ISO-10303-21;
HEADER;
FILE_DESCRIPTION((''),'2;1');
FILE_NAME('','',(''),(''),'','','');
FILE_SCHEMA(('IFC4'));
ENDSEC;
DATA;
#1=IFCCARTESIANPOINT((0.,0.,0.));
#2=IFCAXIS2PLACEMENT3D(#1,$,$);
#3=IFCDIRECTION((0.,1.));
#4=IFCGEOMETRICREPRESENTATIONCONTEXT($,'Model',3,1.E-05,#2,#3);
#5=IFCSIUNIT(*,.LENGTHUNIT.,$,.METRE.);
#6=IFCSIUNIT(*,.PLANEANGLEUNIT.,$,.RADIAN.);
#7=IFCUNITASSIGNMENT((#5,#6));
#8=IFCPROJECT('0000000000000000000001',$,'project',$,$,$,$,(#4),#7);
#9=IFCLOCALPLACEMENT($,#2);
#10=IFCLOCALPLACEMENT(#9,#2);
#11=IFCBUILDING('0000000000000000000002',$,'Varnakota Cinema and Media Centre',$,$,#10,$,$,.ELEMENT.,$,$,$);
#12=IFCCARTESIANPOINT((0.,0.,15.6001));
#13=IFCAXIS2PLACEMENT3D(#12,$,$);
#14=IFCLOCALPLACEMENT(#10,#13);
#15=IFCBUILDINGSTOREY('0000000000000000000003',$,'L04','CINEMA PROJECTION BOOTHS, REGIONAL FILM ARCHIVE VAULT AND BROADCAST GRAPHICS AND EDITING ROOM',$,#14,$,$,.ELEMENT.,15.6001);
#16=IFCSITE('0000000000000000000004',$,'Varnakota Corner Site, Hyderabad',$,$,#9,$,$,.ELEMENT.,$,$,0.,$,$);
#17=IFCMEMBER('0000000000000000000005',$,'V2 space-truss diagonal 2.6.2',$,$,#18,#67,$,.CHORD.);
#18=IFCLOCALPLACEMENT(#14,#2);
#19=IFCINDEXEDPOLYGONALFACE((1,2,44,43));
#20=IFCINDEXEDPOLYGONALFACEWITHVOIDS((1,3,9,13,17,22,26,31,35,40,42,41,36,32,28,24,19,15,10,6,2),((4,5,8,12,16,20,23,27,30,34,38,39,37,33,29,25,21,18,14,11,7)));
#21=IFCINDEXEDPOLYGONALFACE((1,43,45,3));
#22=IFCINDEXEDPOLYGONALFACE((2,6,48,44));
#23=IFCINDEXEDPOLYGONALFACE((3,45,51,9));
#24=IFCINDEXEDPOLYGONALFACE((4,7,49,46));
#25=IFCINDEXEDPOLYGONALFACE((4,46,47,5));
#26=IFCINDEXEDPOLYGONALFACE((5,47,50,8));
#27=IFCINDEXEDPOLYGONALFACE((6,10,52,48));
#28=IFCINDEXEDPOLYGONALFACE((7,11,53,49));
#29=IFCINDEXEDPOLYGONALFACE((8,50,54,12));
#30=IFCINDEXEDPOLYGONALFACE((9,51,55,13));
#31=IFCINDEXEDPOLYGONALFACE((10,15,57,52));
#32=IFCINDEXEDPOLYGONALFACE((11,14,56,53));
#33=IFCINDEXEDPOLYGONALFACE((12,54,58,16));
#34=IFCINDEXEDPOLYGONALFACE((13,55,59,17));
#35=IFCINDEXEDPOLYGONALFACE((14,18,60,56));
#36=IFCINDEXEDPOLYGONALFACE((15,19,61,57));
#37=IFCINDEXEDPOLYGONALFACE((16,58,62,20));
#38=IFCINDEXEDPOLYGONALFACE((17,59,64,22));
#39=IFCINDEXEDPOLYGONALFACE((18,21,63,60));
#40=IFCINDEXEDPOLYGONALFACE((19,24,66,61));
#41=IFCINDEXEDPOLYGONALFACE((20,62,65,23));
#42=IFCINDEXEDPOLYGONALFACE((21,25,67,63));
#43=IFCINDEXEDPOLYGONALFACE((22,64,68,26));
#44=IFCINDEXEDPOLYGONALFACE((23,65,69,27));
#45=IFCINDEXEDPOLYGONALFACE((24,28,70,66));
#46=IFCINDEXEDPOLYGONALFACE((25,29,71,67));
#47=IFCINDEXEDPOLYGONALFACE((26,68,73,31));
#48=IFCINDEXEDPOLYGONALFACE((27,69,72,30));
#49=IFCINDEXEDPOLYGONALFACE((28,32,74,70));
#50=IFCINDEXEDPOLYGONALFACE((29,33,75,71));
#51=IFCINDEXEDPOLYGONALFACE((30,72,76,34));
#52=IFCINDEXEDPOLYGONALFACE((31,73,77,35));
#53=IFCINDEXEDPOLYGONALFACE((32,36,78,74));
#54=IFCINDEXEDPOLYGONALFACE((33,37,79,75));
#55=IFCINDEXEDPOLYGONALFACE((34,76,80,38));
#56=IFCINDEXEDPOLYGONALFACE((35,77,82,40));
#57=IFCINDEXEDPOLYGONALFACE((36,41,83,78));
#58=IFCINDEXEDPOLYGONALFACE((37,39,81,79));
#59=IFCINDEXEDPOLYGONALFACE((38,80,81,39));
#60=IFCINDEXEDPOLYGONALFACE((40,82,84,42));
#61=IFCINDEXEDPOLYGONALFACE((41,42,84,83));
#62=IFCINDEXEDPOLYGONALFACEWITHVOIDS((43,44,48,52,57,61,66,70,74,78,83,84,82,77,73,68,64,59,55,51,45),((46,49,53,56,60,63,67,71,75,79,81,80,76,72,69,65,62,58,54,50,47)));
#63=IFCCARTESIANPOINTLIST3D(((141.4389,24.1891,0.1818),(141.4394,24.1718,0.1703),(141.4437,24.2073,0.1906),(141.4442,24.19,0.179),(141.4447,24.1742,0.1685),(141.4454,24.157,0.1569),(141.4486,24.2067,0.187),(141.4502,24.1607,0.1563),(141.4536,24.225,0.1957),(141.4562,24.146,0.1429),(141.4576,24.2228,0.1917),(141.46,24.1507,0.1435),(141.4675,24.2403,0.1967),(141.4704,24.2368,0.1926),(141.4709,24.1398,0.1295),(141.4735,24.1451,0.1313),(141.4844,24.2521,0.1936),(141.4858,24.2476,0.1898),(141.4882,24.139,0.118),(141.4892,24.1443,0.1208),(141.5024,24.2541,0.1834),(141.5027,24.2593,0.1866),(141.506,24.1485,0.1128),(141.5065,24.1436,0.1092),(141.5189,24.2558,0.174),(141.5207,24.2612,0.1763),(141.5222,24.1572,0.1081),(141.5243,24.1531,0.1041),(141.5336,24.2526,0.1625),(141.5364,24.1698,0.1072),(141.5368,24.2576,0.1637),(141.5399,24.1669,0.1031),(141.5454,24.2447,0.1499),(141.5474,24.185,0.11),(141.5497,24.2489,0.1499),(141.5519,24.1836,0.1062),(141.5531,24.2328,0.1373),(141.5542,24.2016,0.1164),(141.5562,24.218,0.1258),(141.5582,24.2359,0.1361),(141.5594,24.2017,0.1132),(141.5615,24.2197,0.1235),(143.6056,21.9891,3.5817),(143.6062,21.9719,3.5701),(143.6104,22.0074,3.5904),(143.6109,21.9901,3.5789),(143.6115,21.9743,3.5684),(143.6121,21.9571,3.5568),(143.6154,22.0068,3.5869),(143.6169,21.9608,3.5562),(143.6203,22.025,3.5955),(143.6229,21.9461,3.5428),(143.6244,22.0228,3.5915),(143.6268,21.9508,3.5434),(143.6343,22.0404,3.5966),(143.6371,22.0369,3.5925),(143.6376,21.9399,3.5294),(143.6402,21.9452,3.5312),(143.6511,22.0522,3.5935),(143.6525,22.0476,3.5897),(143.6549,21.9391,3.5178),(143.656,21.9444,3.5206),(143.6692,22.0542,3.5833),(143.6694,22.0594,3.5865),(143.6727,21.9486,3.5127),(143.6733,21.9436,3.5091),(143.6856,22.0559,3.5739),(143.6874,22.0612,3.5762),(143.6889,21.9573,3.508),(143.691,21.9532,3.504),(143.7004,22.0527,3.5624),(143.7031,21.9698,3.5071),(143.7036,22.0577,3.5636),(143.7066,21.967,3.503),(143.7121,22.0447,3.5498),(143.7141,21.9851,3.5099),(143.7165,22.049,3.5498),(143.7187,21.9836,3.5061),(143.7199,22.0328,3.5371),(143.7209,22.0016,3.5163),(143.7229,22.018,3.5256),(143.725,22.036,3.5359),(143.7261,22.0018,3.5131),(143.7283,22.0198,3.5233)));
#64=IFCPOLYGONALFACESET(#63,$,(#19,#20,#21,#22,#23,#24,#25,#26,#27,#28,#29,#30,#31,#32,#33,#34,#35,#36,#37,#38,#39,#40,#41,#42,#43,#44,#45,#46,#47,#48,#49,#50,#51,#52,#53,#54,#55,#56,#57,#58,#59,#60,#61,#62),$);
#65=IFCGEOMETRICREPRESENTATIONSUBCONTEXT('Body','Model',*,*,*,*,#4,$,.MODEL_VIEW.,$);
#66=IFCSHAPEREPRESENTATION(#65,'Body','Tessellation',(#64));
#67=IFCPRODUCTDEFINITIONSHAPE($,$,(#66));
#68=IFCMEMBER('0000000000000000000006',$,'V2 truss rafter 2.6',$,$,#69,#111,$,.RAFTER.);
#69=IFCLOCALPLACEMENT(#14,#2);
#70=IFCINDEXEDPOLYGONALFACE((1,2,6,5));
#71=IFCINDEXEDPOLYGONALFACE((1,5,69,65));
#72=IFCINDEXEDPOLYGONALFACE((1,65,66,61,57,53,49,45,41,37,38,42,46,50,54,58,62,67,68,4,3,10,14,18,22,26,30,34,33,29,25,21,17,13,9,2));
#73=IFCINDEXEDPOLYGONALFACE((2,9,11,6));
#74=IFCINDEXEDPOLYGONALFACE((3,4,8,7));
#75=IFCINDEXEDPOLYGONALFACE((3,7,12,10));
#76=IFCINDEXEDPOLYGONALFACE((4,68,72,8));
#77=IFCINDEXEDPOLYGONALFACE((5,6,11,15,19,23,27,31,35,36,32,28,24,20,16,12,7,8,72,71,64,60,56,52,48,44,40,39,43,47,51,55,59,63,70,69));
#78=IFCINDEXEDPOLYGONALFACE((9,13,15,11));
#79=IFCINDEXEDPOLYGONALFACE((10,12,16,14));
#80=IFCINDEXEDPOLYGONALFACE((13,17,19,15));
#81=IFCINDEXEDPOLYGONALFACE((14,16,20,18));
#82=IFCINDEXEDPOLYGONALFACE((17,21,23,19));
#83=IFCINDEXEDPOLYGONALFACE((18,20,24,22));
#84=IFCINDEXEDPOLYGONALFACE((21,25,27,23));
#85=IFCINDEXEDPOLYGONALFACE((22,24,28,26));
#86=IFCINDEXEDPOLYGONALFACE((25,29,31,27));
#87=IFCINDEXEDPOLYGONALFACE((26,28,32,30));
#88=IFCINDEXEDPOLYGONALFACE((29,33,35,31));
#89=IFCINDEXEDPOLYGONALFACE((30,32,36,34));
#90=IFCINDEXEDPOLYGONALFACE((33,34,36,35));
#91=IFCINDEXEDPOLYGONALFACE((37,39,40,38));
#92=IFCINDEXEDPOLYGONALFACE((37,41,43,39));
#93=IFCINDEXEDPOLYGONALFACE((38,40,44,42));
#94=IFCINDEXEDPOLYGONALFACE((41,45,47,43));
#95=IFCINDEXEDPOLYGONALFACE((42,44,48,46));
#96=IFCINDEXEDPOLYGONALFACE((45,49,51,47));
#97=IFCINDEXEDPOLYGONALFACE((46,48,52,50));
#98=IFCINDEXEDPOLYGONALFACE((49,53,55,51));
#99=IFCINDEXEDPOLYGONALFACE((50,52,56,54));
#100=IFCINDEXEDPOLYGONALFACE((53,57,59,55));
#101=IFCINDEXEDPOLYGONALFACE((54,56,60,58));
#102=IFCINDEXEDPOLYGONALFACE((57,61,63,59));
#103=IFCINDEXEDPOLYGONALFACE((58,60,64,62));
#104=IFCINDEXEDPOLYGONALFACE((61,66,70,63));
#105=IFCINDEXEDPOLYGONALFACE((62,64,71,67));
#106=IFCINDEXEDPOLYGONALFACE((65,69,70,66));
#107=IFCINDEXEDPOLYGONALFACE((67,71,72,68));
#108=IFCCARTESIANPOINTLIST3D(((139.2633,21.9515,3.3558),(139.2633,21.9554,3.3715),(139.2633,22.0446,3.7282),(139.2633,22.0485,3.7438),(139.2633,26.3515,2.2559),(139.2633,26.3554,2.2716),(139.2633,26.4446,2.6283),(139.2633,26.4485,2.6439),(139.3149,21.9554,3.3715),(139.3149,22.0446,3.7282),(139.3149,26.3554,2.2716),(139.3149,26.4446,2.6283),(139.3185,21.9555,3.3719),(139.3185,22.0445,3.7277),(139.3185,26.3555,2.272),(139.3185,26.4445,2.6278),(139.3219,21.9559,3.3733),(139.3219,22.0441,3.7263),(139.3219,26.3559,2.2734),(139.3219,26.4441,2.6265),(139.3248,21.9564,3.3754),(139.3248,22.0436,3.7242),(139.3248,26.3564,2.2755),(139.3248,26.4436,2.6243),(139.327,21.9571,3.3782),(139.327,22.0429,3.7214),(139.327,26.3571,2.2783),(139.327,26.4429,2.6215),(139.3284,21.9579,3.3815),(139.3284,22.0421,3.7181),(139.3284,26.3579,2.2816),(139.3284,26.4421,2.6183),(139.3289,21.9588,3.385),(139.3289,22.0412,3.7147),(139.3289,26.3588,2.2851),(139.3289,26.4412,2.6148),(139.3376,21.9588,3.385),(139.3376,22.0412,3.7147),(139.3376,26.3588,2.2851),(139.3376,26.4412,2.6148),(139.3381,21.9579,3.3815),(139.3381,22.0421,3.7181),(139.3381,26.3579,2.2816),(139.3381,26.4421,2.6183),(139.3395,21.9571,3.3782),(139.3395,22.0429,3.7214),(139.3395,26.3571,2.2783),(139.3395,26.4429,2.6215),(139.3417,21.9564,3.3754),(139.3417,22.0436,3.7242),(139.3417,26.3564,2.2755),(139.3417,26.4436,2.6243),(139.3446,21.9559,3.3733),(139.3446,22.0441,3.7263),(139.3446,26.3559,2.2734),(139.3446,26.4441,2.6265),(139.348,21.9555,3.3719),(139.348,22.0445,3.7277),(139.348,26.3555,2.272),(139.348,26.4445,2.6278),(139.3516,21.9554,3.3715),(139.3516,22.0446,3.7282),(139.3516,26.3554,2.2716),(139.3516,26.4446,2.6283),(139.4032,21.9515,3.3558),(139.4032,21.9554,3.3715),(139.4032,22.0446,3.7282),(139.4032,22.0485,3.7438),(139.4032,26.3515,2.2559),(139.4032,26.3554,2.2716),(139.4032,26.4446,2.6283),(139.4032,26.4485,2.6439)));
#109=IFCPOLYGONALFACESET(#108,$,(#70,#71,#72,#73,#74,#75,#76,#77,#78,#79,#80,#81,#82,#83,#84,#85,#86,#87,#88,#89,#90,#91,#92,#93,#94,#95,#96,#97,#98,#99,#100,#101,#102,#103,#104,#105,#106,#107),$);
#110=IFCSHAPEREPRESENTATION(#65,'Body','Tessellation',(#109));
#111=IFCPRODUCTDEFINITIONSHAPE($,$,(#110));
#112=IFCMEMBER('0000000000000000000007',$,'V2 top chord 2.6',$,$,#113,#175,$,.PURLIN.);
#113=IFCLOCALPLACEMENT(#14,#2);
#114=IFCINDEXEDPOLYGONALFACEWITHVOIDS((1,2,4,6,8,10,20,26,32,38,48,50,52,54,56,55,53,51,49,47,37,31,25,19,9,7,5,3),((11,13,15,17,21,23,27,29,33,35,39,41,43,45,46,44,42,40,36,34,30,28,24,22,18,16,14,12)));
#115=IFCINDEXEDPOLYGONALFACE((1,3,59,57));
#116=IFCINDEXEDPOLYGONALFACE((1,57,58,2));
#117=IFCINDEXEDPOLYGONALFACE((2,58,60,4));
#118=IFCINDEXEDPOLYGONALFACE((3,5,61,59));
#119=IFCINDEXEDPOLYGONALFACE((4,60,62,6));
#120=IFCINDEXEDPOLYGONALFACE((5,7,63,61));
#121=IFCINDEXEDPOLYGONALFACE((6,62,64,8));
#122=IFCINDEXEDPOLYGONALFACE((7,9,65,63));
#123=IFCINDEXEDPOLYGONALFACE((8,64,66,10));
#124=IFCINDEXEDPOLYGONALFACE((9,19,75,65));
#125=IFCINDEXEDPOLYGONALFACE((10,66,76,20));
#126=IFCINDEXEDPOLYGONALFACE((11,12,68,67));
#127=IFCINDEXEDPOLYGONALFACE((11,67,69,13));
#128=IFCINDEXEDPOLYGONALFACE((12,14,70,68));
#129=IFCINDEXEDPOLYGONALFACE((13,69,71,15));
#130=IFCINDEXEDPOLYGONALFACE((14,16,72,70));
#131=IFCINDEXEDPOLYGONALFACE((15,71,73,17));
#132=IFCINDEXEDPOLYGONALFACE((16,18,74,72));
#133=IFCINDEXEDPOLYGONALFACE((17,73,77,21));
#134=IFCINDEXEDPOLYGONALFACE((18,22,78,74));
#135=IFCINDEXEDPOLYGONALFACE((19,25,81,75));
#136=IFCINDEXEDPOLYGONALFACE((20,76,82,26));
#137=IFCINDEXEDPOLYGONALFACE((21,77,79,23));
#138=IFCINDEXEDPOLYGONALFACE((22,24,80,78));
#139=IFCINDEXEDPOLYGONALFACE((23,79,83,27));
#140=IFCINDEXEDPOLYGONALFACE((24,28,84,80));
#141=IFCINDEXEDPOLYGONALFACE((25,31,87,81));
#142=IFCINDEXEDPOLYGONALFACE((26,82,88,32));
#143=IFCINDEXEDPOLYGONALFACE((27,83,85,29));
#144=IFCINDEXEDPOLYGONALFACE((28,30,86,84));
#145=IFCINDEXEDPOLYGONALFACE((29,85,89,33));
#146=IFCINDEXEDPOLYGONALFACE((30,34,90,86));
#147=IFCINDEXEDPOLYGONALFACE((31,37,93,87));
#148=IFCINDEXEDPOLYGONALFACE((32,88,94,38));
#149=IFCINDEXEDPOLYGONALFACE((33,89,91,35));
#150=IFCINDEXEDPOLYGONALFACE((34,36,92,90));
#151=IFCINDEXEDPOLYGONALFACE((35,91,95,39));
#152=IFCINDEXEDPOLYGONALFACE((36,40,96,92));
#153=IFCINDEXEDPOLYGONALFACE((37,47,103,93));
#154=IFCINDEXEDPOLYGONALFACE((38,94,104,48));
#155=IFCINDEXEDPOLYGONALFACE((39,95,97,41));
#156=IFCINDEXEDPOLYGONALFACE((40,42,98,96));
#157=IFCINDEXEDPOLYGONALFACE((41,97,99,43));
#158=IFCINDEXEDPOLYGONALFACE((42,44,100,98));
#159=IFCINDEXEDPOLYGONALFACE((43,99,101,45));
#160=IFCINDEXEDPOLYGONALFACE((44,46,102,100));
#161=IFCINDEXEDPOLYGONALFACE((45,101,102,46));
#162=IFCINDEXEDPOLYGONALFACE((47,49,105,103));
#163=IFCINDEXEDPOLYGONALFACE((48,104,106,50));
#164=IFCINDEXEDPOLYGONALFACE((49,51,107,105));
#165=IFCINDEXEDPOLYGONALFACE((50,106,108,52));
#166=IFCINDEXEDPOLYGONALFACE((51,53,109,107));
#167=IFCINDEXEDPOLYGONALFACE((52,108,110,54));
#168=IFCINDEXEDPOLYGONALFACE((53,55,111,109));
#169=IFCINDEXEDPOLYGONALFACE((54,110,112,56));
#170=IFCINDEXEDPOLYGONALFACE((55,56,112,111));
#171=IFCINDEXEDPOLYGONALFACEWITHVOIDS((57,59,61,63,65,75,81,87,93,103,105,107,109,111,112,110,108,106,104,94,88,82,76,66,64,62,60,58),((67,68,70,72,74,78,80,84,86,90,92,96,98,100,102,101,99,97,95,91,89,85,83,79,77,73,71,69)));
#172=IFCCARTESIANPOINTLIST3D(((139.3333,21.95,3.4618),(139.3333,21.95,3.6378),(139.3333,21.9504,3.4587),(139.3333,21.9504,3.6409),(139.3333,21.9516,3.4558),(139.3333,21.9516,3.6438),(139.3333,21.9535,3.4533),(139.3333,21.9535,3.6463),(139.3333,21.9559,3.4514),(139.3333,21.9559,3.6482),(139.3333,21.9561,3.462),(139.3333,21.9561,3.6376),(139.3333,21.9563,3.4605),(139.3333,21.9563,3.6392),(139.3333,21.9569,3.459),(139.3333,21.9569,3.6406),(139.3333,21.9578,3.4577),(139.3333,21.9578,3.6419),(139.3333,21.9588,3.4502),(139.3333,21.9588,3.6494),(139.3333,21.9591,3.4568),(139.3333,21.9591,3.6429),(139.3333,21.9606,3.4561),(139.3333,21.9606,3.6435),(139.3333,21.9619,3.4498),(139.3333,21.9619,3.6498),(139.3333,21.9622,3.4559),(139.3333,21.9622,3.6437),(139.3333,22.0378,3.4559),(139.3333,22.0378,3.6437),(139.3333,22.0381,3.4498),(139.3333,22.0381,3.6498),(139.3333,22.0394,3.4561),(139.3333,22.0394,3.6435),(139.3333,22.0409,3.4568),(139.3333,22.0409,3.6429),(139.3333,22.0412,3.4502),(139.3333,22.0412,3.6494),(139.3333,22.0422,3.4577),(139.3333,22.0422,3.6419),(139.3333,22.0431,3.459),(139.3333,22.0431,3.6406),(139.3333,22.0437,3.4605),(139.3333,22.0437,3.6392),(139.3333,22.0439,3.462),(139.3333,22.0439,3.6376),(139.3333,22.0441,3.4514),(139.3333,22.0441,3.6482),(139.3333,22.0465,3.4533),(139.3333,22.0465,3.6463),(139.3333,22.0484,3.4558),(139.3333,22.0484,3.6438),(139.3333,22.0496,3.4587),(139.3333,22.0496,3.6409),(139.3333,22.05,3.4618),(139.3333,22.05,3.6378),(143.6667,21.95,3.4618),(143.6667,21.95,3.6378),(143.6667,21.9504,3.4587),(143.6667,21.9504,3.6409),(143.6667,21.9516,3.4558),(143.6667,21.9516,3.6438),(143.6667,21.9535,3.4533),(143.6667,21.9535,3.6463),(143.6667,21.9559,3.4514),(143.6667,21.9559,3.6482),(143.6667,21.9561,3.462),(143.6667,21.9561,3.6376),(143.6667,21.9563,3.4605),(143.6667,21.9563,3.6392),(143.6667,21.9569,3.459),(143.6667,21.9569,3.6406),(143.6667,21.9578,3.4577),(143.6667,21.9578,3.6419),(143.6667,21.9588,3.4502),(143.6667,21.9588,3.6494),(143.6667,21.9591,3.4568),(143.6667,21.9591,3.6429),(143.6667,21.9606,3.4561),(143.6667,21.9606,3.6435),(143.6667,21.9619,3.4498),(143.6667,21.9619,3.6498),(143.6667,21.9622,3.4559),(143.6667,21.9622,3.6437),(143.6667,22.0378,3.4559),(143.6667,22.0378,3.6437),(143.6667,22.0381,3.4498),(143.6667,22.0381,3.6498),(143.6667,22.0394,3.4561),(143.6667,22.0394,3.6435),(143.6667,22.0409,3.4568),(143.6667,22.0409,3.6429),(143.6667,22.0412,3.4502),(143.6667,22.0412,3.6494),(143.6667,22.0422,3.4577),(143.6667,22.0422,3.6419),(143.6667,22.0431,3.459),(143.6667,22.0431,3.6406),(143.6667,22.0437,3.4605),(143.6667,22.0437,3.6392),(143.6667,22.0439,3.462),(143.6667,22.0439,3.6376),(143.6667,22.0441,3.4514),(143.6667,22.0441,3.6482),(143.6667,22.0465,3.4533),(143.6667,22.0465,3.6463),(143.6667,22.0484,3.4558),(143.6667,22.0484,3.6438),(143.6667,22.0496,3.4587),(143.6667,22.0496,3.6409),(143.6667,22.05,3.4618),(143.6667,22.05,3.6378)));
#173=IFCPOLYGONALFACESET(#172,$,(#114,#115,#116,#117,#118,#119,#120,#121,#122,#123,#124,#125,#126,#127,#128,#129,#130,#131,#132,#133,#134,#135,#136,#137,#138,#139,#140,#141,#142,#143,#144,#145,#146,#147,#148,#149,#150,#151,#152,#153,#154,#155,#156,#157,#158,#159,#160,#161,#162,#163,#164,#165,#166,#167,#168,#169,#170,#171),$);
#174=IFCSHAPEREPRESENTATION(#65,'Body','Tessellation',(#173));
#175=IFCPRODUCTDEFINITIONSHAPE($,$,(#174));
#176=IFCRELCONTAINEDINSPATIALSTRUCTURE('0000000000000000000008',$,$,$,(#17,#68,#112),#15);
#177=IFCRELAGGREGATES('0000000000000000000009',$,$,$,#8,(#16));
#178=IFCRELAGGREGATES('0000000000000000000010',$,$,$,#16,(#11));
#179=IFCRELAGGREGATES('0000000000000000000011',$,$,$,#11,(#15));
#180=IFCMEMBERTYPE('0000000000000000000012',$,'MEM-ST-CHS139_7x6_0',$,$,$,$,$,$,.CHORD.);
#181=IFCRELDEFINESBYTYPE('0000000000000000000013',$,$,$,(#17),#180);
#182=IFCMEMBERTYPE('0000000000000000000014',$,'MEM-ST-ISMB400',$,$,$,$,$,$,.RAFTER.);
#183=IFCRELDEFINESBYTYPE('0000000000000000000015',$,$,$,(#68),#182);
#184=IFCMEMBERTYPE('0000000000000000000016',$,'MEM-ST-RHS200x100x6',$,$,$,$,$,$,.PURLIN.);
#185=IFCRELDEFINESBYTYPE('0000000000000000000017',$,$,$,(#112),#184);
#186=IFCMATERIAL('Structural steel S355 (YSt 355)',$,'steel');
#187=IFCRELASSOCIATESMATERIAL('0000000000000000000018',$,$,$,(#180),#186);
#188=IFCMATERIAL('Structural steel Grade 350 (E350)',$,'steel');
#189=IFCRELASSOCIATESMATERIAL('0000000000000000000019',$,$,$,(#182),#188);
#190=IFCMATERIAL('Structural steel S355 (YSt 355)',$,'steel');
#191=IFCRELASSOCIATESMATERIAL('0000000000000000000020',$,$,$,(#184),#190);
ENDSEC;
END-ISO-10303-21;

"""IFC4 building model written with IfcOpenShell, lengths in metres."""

from ifc_helpers import new_model, si_unit, direction, frame, origin, origin_2d, place, context, subcontext, project, spatial, hollow_rectangle, hollow_circle, i_section, extrude, material, material_profile, profile_set, type_object, element, save


model = new_model("IFC4")

# Units and contexts
model_context = context("Model", 3, precision=1e-05, world=origin(), true_north=direction((0.0, 1.0)))
body_context = subcontext(model_context, "Body", "Model", "MODEL_VIEW")
ifc_project = project(units=[si_unit("LENGTHUNIT", "METRE"), si_unit("PLANEANGLEUNIT", "RADIAN")], contexts=[model_context])

# Site, building, storey
site_placement = place(None, origin())
site = spatial("IfcSite", under=ifc_project, at=site_placement, Name="Varnakota Corner Site, Hyderabad", CompositionType="ELEMENT", RefElevation=0.0)
building_placement = place(site_placement, origin())
building = spatial("IfcBuilding", under=site, at=building_placement, Name="Varnakota Cinema and Media Centre", CompositionType="ELEMENT")
storey_placement = place(building_placement, frame((0.0, 0.0, 15.6001)))
storey = spatial("IfcBuildingStorey", under=building, at=storey_placement, Name="L04", Description="CINEMA PROJECTION BOOTHS, REGIONAL FILM ARCHIVE VAULT AND BROADCAST GRAPHICS AND EDITING ROOM", CompositionType="ELEMENT", Elevation=15.6001)

# Members
ifc_material_1 = material(Name="Structural steel S355 (YSt 355)", Category="steel")
ifc_material_profile_1 = material_profile(ifc_material_1, hollow_circle(Radius=0.0698, WallThickness=0.0061, at=origin_2d()), Name="CHS 139.7x6.0")
ifc_profile_set_1 = profile_set([ifc_material_profile_1], Name="Structural steel S355 (YSt 355)")
member_type_1 = type_object("IfcMemberType", Name="MEM-ST-CHS139_7x6_0", PredefinedType="CHORD", material=ifc_profile_set_1)
member_1_placement = place(storey_placement, frame((141.5, 24.2, 0.1499), z_axis=(0.471769, -0.478999, 0.740266), x_axis=(0.712463, 0.70171, 0.0)))
element("IfcMember", 1, at=member_1_placement, inside=storey, type_object=member_type_1, Name="V2 space-truss diagonal 2.6.2", PredefinedType="CHORD", context=body_context, shape_type="SweptSolid", body=[
    extrude(hollow_circle(Radius=0.0698, WallThickness=0.0061, at=origin_2d()), origin(), (0.0, 0.0, 1.0), 4.5928),
])
ifc_material_2 = material(Name="Structural steel Grade 350 (E350)", Category="steel")
ifc_material_profile_2 = material_profile(ifc_material_2, i_section(OverallWidth=0.1399, OverallDepth=0.3999, WebThickness=0.0088, FlangeThickness=0.0161, FilletRadius=0.0139, at=origin_2d()), Name="ISMB 400")
ifc_profile_set_2 = profile_set([ifc_material_profile_2], Name="Structural steel Grade 350 (E350)")
member_type_2 = type_object("IfcMemberType", Name="MEM-ST-ISMB400", PredefinedType="RAFTER", material=ifc_profile_set_2)
member_2_placement = place(storey_placement, frame((139.3333, 22.0, 3.5498), z_axis=(0.0, 0.970149, -0.24251), x_axis=(-1.0, 0.0, 0.0)))
element("IfcMember", 2, at=member_2_placement, inside=storey, type_object=member_type_2, Name="V2 truss rafter 2.6", PredefinedType="RAFTER", context=body_context, shape_type="SweptSolid", body=[
    extrude(i_section(OverallWidth=0.1399, OverallDepth=0.3999, WebThickness=0.0088, FlangeThickness=0.0161, FilletRadius=0.0139, at=origin_2d()), origin(), (0.0, 0.0, 1.0), 4.5354),
])
ifc_material_3 = material(Name="Structural steel S355 (YSt 355)", Category="steel")
ifc_material_profile_3 = material_profile(ifc_material_3, hollow_rectangle(XDim=0.1001, YDim=0.2, WallThickness=0.0061, InnerFilletRadius=0.0061, OuterFilletRadius=0.012, at=origin_2d()), Name="RHS 200x100x6")
ifc_profile_set_3 = profile_set([ifc_material_profile_3], Name="Structural steel S355 (YSt 355)")
member_type_3 = type_object("IfcMemberType", Name="MEM-ST-RHS200x100x6", PredefinedType="PURLIN", material=ifc_profile_set_3)
member_3_placement = place(storey_placement, frame((139.3333, 22.0, 3.5498), z_axis=(1.0, 0.0, 0.0), x_axis=(0.0, 1.0, 0.0)))
element("IfcMember", 3, at=member_3_placement, inside=storey, type_object=member_type_3, Name="V2 top chord 2.6", PredefinedType="PURLIN", context=body_context, shape_type="SweptSolid", body=[
    extrude(hollow_rectangle(XDim=0.1001, YDim=0.2, WallThickness=0.0061, InnerFilletRadius=0.0061, OuterFilletRadius=0.012, at=origin_2d()), origin(), (0.0, 0.0, 1.0), 4.3335),
])

save(model, "model.ifc")
